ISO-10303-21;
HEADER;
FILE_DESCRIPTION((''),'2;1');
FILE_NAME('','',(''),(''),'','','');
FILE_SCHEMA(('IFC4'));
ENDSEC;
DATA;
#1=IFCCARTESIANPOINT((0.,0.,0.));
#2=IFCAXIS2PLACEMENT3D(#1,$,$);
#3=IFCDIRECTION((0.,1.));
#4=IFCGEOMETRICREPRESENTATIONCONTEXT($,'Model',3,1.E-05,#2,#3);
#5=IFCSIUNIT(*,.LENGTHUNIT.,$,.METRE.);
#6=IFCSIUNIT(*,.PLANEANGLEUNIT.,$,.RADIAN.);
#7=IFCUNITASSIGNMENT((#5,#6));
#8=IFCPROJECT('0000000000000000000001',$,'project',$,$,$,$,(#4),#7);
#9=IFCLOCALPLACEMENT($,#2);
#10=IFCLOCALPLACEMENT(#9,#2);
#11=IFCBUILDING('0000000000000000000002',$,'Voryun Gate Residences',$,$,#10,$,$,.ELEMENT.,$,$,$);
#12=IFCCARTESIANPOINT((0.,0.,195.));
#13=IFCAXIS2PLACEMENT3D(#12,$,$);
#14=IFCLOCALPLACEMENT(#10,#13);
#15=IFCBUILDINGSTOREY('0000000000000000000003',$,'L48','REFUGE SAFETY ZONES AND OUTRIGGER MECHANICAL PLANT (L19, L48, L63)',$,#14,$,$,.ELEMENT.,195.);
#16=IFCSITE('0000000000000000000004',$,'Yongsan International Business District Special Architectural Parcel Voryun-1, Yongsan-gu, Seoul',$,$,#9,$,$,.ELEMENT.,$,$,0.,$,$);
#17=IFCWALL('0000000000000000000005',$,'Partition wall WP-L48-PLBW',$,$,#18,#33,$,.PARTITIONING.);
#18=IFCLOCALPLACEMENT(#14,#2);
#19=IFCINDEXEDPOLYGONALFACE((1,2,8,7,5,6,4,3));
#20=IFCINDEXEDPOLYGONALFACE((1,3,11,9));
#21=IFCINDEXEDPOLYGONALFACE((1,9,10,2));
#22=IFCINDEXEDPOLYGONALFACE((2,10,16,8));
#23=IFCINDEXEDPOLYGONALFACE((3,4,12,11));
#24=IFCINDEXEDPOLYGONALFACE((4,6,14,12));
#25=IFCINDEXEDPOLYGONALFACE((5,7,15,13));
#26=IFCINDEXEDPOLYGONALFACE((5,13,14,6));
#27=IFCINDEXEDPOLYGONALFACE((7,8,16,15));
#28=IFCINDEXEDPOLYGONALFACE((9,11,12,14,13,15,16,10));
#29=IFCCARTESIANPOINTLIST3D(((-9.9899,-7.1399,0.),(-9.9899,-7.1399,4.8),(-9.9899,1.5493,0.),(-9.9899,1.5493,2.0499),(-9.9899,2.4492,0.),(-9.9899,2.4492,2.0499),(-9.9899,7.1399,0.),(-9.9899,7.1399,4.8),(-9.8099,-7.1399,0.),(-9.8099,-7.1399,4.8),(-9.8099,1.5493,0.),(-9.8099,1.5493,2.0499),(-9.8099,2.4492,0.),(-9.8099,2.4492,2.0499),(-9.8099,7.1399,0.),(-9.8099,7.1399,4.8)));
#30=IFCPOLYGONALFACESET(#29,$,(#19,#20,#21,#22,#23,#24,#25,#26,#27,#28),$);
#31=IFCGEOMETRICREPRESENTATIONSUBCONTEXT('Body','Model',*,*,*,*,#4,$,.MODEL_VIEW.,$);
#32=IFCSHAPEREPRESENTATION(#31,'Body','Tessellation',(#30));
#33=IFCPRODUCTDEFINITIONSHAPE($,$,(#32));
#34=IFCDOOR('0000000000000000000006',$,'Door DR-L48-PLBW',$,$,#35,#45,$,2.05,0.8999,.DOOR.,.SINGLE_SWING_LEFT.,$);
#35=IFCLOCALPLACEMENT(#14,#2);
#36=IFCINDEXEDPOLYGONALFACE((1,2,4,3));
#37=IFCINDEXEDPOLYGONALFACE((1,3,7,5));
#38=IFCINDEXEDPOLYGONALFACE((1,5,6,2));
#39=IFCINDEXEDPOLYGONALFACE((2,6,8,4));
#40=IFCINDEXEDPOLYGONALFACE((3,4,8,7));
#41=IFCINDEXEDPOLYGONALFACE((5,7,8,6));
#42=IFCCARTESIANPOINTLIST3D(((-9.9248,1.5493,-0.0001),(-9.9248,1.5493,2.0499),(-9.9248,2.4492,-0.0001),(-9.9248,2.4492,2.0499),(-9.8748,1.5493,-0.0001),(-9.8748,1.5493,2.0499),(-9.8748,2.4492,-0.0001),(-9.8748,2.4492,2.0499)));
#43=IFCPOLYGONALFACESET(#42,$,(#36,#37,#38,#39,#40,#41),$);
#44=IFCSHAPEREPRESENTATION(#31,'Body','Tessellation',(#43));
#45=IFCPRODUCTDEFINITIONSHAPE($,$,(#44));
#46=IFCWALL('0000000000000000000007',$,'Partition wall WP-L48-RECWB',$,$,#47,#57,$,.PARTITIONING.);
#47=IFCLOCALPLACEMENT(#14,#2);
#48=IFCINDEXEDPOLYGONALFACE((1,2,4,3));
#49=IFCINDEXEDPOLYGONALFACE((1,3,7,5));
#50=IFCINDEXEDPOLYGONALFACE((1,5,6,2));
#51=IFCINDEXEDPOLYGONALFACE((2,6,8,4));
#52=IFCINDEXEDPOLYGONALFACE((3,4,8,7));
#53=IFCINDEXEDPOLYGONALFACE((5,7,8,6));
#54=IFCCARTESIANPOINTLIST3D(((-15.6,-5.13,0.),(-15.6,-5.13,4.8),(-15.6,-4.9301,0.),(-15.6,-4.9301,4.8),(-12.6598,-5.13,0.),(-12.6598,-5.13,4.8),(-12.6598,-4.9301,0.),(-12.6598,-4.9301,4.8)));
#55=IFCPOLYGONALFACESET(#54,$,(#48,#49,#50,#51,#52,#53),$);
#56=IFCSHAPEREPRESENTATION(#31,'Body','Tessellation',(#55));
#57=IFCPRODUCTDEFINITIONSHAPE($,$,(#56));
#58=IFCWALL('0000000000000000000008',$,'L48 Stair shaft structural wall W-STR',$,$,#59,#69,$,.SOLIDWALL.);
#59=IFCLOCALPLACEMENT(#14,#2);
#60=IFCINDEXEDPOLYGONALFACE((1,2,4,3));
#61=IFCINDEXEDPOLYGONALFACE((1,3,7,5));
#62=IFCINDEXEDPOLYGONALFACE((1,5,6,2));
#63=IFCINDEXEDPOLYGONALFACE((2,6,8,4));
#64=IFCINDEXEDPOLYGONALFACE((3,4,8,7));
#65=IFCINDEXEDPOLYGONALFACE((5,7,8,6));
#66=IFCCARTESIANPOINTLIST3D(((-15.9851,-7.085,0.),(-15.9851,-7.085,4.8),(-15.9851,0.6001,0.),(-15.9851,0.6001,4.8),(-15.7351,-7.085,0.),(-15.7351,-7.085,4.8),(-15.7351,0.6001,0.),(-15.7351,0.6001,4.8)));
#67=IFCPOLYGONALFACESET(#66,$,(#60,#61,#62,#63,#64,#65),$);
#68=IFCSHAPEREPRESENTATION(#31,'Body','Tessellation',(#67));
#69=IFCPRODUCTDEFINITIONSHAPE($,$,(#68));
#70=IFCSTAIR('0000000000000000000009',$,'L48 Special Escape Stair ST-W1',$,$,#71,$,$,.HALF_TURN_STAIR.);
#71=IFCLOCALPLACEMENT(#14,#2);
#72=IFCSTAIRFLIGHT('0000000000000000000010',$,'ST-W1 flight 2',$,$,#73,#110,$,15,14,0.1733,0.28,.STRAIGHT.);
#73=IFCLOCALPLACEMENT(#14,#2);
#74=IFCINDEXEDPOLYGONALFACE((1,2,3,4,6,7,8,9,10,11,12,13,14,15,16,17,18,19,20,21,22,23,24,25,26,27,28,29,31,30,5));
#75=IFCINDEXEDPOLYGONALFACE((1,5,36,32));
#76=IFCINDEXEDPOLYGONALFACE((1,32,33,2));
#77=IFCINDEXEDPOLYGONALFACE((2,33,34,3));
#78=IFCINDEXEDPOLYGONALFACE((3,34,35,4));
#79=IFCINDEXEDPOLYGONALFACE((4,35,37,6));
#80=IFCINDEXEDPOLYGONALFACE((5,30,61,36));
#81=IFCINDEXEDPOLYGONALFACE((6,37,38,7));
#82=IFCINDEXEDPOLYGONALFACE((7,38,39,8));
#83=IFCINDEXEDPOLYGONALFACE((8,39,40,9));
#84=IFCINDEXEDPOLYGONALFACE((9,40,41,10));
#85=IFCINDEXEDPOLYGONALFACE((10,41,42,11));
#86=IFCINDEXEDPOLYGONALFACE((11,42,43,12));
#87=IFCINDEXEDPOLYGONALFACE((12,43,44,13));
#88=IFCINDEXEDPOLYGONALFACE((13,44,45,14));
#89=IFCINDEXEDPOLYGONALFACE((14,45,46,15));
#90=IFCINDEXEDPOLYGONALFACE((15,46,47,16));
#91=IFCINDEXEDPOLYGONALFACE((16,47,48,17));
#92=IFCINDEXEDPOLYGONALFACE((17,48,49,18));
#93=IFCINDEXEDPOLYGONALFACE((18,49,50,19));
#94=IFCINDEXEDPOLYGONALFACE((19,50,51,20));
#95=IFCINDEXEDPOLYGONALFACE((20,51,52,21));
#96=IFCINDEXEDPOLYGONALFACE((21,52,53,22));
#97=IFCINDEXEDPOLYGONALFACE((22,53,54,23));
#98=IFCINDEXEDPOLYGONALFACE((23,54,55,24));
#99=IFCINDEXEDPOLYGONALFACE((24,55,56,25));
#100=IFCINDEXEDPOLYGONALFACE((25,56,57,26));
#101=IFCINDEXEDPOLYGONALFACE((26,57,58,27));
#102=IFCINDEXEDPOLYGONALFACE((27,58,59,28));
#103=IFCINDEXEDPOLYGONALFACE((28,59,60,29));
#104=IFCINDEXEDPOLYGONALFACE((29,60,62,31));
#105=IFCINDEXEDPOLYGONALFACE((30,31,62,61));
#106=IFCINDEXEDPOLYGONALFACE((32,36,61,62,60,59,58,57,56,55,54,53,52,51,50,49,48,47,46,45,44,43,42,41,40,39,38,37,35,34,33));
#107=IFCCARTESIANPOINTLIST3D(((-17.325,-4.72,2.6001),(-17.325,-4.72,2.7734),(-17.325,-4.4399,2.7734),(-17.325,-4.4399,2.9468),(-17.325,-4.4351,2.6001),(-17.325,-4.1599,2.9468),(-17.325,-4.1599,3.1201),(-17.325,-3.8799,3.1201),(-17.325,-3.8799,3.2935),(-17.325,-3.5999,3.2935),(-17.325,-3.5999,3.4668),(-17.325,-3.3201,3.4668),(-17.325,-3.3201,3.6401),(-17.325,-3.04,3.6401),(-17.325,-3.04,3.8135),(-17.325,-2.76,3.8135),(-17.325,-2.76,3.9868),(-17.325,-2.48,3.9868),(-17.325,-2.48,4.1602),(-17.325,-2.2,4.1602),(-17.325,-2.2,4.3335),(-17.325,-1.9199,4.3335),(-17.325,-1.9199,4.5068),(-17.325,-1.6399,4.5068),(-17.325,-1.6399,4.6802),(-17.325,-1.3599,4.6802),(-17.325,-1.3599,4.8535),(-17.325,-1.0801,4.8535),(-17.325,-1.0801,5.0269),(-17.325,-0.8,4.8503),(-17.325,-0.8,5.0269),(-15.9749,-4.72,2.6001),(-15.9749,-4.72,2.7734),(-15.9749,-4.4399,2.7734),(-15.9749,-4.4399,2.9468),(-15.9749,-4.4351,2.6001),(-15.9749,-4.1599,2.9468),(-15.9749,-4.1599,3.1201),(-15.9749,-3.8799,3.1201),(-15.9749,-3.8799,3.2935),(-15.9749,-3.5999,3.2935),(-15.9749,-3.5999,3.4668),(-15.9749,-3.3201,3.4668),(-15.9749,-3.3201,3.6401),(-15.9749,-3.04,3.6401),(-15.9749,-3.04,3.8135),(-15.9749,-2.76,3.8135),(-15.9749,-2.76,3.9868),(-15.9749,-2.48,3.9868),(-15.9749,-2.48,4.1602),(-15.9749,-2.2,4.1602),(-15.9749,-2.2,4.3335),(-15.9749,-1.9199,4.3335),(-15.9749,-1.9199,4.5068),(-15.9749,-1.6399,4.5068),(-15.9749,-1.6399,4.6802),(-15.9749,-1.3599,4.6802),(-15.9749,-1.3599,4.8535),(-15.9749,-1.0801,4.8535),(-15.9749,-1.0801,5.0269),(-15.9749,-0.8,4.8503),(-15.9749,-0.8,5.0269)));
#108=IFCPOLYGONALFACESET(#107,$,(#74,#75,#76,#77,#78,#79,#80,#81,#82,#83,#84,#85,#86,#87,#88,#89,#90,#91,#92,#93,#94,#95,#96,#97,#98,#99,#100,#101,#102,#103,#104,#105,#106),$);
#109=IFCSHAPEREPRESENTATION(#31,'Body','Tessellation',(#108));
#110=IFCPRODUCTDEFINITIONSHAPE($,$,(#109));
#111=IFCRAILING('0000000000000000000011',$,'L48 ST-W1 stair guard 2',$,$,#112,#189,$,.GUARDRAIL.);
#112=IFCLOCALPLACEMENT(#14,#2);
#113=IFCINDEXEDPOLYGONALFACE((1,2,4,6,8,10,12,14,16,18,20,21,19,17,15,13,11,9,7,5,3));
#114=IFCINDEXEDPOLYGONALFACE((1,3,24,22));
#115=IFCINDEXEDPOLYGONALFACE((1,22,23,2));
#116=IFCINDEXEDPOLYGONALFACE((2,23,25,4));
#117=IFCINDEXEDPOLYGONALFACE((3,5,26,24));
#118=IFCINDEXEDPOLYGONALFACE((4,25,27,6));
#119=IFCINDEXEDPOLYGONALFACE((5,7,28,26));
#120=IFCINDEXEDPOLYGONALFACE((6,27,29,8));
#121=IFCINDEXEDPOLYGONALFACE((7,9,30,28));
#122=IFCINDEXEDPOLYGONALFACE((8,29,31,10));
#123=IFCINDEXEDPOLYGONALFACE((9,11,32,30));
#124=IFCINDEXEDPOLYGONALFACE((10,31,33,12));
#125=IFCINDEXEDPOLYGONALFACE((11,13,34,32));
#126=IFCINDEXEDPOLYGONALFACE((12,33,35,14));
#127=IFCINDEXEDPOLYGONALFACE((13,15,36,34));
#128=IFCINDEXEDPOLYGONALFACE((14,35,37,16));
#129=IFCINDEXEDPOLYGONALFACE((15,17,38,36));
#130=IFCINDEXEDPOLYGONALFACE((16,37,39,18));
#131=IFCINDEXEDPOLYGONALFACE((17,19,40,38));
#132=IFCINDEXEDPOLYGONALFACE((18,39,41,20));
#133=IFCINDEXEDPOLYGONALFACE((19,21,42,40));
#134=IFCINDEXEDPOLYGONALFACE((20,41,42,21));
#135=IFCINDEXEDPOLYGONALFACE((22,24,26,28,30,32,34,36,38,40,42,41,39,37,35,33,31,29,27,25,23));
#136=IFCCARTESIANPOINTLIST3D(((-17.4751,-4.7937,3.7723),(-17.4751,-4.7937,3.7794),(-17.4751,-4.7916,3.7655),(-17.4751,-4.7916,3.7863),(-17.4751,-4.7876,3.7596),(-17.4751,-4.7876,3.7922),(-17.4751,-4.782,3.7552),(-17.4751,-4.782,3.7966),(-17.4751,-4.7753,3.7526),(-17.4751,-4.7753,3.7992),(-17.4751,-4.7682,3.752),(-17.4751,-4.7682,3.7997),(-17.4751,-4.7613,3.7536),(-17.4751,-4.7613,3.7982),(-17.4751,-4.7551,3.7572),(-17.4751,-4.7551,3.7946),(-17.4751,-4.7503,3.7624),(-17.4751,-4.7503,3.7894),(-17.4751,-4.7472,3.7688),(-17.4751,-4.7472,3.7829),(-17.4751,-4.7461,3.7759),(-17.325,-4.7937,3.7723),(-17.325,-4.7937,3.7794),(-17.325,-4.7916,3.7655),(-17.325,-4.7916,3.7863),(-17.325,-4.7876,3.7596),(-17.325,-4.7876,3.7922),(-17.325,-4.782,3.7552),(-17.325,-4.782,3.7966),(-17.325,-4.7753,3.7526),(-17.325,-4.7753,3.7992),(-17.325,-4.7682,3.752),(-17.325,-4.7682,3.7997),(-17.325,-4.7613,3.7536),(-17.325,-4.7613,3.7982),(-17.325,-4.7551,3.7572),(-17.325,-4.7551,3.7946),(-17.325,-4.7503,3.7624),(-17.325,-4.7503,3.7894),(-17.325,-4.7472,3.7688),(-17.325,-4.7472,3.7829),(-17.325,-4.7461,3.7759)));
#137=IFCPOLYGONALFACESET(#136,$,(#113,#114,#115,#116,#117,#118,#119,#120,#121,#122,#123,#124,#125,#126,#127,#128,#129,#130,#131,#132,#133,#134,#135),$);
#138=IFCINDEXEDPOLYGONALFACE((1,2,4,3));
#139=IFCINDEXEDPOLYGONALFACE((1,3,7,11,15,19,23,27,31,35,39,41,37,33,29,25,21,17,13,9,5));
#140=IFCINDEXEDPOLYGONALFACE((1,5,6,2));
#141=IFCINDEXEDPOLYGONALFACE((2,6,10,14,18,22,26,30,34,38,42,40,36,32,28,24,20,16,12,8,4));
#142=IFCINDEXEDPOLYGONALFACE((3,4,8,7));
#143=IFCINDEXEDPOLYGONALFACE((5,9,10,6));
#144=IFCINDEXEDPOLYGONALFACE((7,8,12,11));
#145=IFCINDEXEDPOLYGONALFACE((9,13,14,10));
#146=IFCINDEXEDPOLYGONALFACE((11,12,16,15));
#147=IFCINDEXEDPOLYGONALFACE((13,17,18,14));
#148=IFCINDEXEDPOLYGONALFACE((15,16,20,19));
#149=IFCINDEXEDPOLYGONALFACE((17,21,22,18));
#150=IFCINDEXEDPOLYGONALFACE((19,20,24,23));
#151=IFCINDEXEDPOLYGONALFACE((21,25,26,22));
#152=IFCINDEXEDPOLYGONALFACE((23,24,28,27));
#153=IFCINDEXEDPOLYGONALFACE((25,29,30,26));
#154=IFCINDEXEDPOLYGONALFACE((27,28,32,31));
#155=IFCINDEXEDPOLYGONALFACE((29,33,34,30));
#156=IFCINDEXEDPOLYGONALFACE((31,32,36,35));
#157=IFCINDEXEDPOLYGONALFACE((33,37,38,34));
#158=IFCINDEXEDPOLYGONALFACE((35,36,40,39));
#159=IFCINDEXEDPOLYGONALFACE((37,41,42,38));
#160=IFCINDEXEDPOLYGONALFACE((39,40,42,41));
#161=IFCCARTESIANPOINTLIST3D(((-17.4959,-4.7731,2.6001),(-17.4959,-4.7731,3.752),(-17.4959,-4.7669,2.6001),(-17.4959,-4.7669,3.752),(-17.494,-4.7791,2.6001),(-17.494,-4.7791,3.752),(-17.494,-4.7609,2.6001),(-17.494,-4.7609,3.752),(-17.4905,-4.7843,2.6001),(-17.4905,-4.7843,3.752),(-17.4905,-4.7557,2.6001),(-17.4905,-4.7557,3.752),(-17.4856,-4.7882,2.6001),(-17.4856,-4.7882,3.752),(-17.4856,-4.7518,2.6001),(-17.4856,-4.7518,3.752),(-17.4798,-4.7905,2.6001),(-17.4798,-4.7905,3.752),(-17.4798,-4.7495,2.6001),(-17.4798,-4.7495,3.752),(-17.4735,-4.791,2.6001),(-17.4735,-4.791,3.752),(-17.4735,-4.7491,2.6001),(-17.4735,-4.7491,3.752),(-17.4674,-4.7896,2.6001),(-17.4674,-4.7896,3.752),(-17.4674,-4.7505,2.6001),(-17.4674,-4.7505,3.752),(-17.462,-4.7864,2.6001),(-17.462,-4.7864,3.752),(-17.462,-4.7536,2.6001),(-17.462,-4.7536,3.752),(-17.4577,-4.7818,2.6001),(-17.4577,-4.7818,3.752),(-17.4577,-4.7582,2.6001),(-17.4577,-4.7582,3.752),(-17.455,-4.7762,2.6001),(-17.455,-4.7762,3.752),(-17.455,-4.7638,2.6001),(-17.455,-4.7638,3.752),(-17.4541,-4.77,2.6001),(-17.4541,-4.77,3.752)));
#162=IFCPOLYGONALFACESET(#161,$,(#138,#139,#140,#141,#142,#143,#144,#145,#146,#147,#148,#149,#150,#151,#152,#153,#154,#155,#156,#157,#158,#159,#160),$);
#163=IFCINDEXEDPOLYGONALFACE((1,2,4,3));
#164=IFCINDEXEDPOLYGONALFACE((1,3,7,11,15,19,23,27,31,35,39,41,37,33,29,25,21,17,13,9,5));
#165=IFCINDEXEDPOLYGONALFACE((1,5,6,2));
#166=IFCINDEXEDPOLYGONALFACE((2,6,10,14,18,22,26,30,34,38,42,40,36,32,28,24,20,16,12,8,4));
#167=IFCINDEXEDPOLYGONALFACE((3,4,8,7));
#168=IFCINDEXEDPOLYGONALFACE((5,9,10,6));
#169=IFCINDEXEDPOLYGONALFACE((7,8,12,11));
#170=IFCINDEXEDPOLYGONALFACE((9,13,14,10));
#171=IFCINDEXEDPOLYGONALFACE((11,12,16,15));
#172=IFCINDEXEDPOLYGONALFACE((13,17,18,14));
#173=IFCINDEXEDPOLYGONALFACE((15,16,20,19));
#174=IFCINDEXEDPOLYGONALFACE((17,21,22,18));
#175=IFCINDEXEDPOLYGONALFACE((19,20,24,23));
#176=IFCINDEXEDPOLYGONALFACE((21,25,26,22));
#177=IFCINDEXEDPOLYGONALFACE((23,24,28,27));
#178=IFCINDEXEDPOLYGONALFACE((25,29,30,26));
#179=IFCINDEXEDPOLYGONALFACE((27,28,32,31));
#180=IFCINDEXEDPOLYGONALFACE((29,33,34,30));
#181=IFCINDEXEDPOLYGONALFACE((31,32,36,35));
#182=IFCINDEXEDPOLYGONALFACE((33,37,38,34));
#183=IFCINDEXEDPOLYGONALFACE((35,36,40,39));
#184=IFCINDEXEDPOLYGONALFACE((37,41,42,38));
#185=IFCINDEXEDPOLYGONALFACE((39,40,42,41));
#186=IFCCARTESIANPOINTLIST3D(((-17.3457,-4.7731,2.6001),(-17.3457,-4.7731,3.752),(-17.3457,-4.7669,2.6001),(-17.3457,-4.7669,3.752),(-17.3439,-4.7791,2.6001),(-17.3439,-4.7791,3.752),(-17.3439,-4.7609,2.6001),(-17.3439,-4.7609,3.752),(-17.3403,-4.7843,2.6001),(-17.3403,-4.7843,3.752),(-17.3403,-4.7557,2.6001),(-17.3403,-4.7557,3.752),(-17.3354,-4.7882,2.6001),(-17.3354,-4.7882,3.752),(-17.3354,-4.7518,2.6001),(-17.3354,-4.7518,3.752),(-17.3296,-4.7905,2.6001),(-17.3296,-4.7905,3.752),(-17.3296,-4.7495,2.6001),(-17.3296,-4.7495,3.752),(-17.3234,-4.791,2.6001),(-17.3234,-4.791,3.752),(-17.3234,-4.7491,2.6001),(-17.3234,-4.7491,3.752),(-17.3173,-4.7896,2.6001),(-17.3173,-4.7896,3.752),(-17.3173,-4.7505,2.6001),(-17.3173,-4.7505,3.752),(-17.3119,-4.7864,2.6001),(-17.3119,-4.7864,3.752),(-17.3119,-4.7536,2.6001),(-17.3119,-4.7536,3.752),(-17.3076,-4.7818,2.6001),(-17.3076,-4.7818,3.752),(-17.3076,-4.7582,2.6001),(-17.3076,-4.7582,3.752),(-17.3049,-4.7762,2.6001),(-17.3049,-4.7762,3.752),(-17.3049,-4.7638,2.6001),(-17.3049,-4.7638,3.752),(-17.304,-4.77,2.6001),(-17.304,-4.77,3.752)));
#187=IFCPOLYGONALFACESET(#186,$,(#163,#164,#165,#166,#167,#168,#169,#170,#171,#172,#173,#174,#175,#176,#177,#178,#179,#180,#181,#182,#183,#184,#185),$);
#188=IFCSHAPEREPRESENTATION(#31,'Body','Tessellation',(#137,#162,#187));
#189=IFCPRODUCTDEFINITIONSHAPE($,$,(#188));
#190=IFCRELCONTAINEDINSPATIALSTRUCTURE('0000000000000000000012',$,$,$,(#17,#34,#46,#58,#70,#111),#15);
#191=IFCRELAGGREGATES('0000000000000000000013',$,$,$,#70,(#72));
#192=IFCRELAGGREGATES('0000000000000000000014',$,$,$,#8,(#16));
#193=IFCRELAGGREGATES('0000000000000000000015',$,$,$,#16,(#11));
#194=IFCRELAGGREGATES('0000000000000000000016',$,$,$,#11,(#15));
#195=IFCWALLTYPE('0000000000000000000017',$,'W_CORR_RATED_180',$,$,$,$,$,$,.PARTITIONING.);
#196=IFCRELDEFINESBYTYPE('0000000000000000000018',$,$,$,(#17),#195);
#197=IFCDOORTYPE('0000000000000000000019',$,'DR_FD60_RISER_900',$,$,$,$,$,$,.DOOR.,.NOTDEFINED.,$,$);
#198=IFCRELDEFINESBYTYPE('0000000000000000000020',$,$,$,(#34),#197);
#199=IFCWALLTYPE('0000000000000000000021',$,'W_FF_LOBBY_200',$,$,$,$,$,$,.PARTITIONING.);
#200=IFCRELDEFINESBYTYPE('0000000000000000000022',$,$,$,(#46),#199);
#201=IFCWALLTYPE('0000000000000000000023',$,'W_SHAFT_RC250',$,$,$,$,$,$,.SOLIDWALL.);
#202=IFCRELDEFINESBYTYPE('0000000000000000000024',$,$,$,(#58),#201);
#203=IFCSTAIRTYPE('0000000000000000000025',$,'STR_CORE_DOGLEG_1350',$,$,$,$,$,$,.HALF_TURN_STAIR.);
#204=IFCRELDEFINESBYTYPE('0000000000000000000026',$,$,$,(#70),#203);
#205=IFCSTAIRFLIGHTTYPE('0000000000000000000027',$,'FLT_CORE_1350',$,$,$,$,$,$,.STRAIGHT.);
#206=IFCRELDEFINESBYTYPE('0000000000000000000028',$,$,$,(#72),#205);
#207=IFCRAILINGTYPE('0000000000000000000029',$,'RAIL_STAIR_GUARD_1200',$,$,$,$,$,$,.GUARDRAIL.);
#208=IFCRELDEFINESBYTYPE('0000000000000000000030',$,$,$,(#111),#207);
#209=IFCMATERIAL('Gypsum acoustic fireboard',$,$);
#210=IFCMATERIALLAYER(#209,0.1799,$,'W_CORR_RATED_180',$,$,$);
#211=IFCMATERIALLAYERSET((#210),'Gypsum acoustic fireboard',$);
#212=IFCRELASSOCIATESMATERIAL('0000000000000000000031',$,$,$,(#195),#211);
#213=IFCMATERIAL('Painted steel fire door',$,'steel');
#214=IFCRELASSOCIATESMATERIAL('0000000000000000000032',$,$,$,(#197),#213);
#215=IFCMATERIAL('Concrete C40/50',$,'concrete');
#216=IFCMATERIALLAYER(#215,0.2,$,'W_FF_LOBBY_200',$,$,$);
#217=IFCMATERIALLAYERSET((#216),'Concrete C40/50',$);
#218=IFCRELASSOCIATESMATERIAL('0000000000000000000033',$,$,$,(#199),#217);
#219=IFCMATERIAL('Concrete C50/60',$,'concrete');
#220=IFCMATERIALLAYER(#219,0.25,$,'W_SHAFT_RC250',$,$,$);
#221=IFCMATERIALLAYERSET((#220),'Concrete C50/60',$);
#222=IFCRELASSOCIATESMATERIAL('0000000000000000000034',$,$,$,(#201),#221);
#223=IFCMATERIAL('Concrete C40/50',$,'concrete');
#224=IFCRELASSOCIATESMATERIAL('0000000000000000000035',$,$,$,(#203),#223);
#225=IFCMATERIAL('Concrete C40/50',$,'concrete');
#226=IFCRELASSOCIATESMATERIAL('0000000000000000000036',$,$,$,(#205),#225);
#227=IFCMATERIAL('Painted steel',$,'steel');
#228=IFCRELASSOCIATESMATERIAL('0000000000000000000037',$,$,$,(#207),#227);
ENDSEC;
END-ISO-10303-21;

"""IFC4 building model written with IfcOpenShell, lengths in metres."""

from ifc_helpers import new_model, si_unit, direction, frame, frame_2d, origin, origin_2d, place, context, subcontext, project, spatial, polyline, rectangle, circle, outline, extrude, material, layer, layer_set, type_object, element, fill, aggregate, save


model = new_model("IFC4")

# Units and contexts
model_context = context("Model", 3, precision=1e-05, world=origin(), true_north=direction((0.0, 1.0)))
body_context = subcontext(model_context, "Body", "Model", "MODEL_VIEW")
ifc_project = project(units=[si_unit("LENGTHUNIT", "METRE"), si_unit("PLANEANGLEUNIT", "RADIAN")], contexts=[model_context])

# Site, building, storey
site_placement = place(None, origin())
site = spatial("IfcSite", under=ifc_project, at=site_placement, Name="Yongsan International Business District Special Architectural Parcel Voryun-1, Yongsan-gu, Seoul", CompositionType="ELEMENT", RefElevation=0.0)
building_placement = place(site_placement, origin())
building = spatial("IfcBuilding", under=site, at=building_placement, Name="Voryun Gate Residences", CompositionType="ELEMENT")
storey_placement = place(building_placement, frame((0.0, 0.0, 195.0)))
storey = spatial("IfcBuildingStorey", under=building, at=storey_placement, Name="L48", Description="REFUGE SAFETY ZONES AND OUTRIGGER MECHANICAL PLANT (L19, L48, L63)", CompositionType="ELEMENT", Elevation=195.0)

# Shared definitions
ifc_material_1 = material(Name="Gypsum acoustic fireboard")
ifc_layer_1 = layer(ifc_material_1, 0.1799, Name="W_CORR_RATED_180")
ifc_layer_set_1 = layer_set([ifc_layer_1], Name="Gypsum acoustic fireboard")
wall_type_1 = type_object("IfcWallType", Name="W_CORR_RATED_180", PredefinedType="PARTITIONING", material=ifc_layer_set_1)

# Wall, opening, door
wall_1_placement = place(storey_placement, frame((-9.8999, -7.1399, 0.0), z_axis=(0.0, 0.0, 1.0), x_axis=(0.0, 1.0, 0.0)))
wall_1 = element("IfcWall", 1, at=wall_1_placement, inside=storey, type_object=wall_type_1, Name="Partition wall WP-L48-PLBW", PredefinedType="PARTITIONING", context=body_context, shape_type="SweptSolid", body=[
    extrude(rectangle(XDim=14.2798, YDim=0.1799, at=frame_2d((7.1399, 0.0))), origin(), (0.0, 0.0, 1.0), 4.8),
])
opening_placement = place(wall_1_placement, frame((8.6892, 0.0, 0.0)))
opening = element("IfcOpeningElement", 2, at=opening_placement, cuts=wall_1, PredefinedType="OPENING", context=body_context, shape_type="SweptSolid", body=[
    extrude(rectangle(XDim=0.8999, YDim=2.05, at=frame_2d((0.45, 1.0249))), frame((0.0, 0.0999, 0.0), z_axis=(0.0, -1.0, 0.0), x_axis=(1.0, 0.0, 0.0)), (0.0, 0.0, 1.0), 0.2),
])
ifc_material_2 = material(Name="Painted steel fire door", Category="steel")
door_type = type_object("IfcDoorType", Name="DR_FD60_RISER_900", OperationType="NOTDEFINED", PredefinedType="DOOR", material=ifc_material_2)
door_placement = place(opening_placement, origin())
door = element("IfcDoor", 3, at=door_placement, inside=storey, type_object=door_type, Name="Door DR-L48-PLBW", OperationType="SINGLE_SWING_LEFT", OverallHeight=2.05, OverallWidth=0.8999, PredefinedType="DOOR", context=body_context, shape_type="SweptSolid", body=[
    extrude(rectangle(XDim=0.8999, YDim=2.05, at=frame_2d((0.45, 1.0249))), frame((0.0, 0.0249, 0.0), z_axis=(0.0, -1.0, 0.0), x_axis=(1.0, 0.0, 0.0)), (0.0, 0.0, 1.0), 0.05),
])
fill(opening, door)

# Walls
ifc_material_3 = material(Name="Concrete C40/50", Category="concrete")
ifc_layer_2 = layer(ifc_material_3, 0.2, Name="W_FF_LOBBY_200")
ifc_layer_set_2 = layer_set([ifc_layer_2], Name="Concrete C40/50")
wall_type_2 = type_object("IfcWallType", Name="W_FF_LOBBY_200", PredefinedType="PARTITIONING", material=ifc_layer_set_2)
wall_2_placement = place(storey_placement, frame((-15.6001, -5.03, 0.0), z_axis=(0.0, 0.0, 1.0), x_axis=(1.0, 0.0, 0.0)))
element("IfcWall", 4, at=wall_2_placement, inside=storey, type_object=wall_type_2, Name="Partition wall WP-L48-RECWB", PredefinedType="PARTITIONING", context=body_context, shape_type="SweptSolid", body=[
    extrude(rectangle(XDim=2.9402, YDim=0.2, at=frame_2d((1.4702, 0.0))), origin(), (0.0, 0.0, 1.0), 4.8),
])
ifc_material_4 = material(Name="Concrete C50/60", Category="concrete")
ifc_layer_3 = layer(ifc_material_4, 0.25, Name="W_SHAFT_RC250")
ifc_layer_set_3 = layer_set([ifc_layer_3], Name="Concrete C50/60")
wall_type_3 = type_object("IfcWallType", Name="W_SHAFT_RC250", PredefinedType="SOLIDWALL", material=ifc_layer_set_3)
wall_3_placement = place(storey_placement, frame((-15.8601, -7.085, 0.0), z_axis=(0.0, 0.0, 1.0), x_axis=(0.0, 1.0, 0.0)))
element("IfcWall", 5, at=wall_3_placement, inside=storey, type_object=wall_type_3, Name="L48 Stair shaft structural wall W-STR", PredefinedType="SOLIDWALL", context=body_context, shape_type="SweptSolid", body=[
    extrude(rectangle(XDim=7.6851, YDim=0.25, at=frame_2d((3.8425, 0.0))), origin(), (0.0, 0.0, 1.0), 4.8),
])

# Stair, stair flight
ifc_material_5 = material(Name="Concrete C40/50", Category="concrete")
stair_type = type_object("IfcStairType", Name="STR_CORE_DOGLEG_1350", PredefinedType="HALF_TURN_STAIR", material=ifc_material_5)
stair_placement = place(storey_placement, origin())
stair = element("IfcStair", 6, at=stair_placement, inside=storey, type_object=stair_type, Name="L48 Special Escape Stair ST-W1", PredefinedType="HALF_TURN_STAIR")
ifc_material_6 = material(Name="Concrete C40/50", Category="concrete")
stair_flight_type = type_object("IfcStairFlightType", Name="FLT_CORE_1350", PredefinedType="STRAIGHT", material=ifc_material_6)
stair_flight_placement = place(storey_placement, frame((-16.6499, -4.72, 2.6001), z_axis=(0.0, 0.0, 1.0), x_axis=(0.0, 1.0, 0.0)))
stair_flight = element("IfcStairFlight", 7, at=stair_flight_placement, type_object=stair_flight_type, Name="ST-W1 flight 2", NumberOfRisers=15, NumberOfTreads=14, PredefinedType="STRAIGHT", RiserHeight=0.1733, TreadLength=0.28, context=body_context, shape_type="SweptSolid", body=[
    extrude(outline(polyline([(0.0, 0.0), (0.0, 0.1733), (0.28, 0.1733), (0.28, 0.3467), (0.5601, 0.3467), (0.5601, 0.52), (0.8401, 0.52), (0.8401, 0.6934), (1.1201, 0.6934), (1.1201, 0.8667), (1.3999, 0.8667), (1.3999, 1.04), (1.6799, 1.04), (1.6799, 1.2134), (1.96, 1.2134), (1.96, 1.3867), (2.24, 1.3867), (2.24, 1.5601), (2.52, 1.5601), (2.52, 1.7334), (2.8, 1.7334), (2.8, 1.9067), (3.0801, 1.9067), (3.0801, 2.0801), (3.3601, 2.0801), (3.3601, 2.2534), (3.6399, 2.2534), (3.6399, 2.4268), (3.9199, 2.4268), (3.9199, 2.6001), (3.9199, 2.2502), (0.2849, 0.0), (0.0, 0.0)])), frame((0.0, 0.675, 0.0), z_axis=(0.0, -1.0, 0.0), x_axis=(1.0, 0.0, 0.0)), (0.0, 0.0, 1.0), 1.3501),
])
aggregate(stair, [stair_flight])

# Railing
ifc_material_7 = material(Name="Painted steel", Category="steel")
railing_type_1 = type_object("IfcRailingType", Name="RAIL_STAIR_GUARD_1200", PredefinedType="GUARDRAIL", material=ifc_material_7)
railing_1_placement = place(storey_placement, frame((-17.4751, -4.77, 2.6001)))
element("IfcRailing", 8, at=railing_1_placement, inside=storey, type_object=railing_type_1, Name="L48 ST-W1 stair guard 2", PredefinedType="GUARDRAIL", context=body_context, shape_type="SweptSolid", body=[
    extrude(circle(Radius=0.0239, at=origin_2d()), frame((0.0, 0.0, 1.1758), z_axis=(1.0, 0.0, 0.0), x_axis=(0.0, 1.0, 0.0)), (0.0, 0.0, 1.0), 0.1501),
    extrude(circle(Radius=0.021, at=origin_2d()), origin(), (0.0, 0.0, 1.0), 1.1519),
    extrude(circle(Radius=0.021, at=origin_2d()), frame((0.1501, 0.0, 0.0)), (0.0, 0.0, 1.0), 1.1519),
])

save(model, "model.ifc")
